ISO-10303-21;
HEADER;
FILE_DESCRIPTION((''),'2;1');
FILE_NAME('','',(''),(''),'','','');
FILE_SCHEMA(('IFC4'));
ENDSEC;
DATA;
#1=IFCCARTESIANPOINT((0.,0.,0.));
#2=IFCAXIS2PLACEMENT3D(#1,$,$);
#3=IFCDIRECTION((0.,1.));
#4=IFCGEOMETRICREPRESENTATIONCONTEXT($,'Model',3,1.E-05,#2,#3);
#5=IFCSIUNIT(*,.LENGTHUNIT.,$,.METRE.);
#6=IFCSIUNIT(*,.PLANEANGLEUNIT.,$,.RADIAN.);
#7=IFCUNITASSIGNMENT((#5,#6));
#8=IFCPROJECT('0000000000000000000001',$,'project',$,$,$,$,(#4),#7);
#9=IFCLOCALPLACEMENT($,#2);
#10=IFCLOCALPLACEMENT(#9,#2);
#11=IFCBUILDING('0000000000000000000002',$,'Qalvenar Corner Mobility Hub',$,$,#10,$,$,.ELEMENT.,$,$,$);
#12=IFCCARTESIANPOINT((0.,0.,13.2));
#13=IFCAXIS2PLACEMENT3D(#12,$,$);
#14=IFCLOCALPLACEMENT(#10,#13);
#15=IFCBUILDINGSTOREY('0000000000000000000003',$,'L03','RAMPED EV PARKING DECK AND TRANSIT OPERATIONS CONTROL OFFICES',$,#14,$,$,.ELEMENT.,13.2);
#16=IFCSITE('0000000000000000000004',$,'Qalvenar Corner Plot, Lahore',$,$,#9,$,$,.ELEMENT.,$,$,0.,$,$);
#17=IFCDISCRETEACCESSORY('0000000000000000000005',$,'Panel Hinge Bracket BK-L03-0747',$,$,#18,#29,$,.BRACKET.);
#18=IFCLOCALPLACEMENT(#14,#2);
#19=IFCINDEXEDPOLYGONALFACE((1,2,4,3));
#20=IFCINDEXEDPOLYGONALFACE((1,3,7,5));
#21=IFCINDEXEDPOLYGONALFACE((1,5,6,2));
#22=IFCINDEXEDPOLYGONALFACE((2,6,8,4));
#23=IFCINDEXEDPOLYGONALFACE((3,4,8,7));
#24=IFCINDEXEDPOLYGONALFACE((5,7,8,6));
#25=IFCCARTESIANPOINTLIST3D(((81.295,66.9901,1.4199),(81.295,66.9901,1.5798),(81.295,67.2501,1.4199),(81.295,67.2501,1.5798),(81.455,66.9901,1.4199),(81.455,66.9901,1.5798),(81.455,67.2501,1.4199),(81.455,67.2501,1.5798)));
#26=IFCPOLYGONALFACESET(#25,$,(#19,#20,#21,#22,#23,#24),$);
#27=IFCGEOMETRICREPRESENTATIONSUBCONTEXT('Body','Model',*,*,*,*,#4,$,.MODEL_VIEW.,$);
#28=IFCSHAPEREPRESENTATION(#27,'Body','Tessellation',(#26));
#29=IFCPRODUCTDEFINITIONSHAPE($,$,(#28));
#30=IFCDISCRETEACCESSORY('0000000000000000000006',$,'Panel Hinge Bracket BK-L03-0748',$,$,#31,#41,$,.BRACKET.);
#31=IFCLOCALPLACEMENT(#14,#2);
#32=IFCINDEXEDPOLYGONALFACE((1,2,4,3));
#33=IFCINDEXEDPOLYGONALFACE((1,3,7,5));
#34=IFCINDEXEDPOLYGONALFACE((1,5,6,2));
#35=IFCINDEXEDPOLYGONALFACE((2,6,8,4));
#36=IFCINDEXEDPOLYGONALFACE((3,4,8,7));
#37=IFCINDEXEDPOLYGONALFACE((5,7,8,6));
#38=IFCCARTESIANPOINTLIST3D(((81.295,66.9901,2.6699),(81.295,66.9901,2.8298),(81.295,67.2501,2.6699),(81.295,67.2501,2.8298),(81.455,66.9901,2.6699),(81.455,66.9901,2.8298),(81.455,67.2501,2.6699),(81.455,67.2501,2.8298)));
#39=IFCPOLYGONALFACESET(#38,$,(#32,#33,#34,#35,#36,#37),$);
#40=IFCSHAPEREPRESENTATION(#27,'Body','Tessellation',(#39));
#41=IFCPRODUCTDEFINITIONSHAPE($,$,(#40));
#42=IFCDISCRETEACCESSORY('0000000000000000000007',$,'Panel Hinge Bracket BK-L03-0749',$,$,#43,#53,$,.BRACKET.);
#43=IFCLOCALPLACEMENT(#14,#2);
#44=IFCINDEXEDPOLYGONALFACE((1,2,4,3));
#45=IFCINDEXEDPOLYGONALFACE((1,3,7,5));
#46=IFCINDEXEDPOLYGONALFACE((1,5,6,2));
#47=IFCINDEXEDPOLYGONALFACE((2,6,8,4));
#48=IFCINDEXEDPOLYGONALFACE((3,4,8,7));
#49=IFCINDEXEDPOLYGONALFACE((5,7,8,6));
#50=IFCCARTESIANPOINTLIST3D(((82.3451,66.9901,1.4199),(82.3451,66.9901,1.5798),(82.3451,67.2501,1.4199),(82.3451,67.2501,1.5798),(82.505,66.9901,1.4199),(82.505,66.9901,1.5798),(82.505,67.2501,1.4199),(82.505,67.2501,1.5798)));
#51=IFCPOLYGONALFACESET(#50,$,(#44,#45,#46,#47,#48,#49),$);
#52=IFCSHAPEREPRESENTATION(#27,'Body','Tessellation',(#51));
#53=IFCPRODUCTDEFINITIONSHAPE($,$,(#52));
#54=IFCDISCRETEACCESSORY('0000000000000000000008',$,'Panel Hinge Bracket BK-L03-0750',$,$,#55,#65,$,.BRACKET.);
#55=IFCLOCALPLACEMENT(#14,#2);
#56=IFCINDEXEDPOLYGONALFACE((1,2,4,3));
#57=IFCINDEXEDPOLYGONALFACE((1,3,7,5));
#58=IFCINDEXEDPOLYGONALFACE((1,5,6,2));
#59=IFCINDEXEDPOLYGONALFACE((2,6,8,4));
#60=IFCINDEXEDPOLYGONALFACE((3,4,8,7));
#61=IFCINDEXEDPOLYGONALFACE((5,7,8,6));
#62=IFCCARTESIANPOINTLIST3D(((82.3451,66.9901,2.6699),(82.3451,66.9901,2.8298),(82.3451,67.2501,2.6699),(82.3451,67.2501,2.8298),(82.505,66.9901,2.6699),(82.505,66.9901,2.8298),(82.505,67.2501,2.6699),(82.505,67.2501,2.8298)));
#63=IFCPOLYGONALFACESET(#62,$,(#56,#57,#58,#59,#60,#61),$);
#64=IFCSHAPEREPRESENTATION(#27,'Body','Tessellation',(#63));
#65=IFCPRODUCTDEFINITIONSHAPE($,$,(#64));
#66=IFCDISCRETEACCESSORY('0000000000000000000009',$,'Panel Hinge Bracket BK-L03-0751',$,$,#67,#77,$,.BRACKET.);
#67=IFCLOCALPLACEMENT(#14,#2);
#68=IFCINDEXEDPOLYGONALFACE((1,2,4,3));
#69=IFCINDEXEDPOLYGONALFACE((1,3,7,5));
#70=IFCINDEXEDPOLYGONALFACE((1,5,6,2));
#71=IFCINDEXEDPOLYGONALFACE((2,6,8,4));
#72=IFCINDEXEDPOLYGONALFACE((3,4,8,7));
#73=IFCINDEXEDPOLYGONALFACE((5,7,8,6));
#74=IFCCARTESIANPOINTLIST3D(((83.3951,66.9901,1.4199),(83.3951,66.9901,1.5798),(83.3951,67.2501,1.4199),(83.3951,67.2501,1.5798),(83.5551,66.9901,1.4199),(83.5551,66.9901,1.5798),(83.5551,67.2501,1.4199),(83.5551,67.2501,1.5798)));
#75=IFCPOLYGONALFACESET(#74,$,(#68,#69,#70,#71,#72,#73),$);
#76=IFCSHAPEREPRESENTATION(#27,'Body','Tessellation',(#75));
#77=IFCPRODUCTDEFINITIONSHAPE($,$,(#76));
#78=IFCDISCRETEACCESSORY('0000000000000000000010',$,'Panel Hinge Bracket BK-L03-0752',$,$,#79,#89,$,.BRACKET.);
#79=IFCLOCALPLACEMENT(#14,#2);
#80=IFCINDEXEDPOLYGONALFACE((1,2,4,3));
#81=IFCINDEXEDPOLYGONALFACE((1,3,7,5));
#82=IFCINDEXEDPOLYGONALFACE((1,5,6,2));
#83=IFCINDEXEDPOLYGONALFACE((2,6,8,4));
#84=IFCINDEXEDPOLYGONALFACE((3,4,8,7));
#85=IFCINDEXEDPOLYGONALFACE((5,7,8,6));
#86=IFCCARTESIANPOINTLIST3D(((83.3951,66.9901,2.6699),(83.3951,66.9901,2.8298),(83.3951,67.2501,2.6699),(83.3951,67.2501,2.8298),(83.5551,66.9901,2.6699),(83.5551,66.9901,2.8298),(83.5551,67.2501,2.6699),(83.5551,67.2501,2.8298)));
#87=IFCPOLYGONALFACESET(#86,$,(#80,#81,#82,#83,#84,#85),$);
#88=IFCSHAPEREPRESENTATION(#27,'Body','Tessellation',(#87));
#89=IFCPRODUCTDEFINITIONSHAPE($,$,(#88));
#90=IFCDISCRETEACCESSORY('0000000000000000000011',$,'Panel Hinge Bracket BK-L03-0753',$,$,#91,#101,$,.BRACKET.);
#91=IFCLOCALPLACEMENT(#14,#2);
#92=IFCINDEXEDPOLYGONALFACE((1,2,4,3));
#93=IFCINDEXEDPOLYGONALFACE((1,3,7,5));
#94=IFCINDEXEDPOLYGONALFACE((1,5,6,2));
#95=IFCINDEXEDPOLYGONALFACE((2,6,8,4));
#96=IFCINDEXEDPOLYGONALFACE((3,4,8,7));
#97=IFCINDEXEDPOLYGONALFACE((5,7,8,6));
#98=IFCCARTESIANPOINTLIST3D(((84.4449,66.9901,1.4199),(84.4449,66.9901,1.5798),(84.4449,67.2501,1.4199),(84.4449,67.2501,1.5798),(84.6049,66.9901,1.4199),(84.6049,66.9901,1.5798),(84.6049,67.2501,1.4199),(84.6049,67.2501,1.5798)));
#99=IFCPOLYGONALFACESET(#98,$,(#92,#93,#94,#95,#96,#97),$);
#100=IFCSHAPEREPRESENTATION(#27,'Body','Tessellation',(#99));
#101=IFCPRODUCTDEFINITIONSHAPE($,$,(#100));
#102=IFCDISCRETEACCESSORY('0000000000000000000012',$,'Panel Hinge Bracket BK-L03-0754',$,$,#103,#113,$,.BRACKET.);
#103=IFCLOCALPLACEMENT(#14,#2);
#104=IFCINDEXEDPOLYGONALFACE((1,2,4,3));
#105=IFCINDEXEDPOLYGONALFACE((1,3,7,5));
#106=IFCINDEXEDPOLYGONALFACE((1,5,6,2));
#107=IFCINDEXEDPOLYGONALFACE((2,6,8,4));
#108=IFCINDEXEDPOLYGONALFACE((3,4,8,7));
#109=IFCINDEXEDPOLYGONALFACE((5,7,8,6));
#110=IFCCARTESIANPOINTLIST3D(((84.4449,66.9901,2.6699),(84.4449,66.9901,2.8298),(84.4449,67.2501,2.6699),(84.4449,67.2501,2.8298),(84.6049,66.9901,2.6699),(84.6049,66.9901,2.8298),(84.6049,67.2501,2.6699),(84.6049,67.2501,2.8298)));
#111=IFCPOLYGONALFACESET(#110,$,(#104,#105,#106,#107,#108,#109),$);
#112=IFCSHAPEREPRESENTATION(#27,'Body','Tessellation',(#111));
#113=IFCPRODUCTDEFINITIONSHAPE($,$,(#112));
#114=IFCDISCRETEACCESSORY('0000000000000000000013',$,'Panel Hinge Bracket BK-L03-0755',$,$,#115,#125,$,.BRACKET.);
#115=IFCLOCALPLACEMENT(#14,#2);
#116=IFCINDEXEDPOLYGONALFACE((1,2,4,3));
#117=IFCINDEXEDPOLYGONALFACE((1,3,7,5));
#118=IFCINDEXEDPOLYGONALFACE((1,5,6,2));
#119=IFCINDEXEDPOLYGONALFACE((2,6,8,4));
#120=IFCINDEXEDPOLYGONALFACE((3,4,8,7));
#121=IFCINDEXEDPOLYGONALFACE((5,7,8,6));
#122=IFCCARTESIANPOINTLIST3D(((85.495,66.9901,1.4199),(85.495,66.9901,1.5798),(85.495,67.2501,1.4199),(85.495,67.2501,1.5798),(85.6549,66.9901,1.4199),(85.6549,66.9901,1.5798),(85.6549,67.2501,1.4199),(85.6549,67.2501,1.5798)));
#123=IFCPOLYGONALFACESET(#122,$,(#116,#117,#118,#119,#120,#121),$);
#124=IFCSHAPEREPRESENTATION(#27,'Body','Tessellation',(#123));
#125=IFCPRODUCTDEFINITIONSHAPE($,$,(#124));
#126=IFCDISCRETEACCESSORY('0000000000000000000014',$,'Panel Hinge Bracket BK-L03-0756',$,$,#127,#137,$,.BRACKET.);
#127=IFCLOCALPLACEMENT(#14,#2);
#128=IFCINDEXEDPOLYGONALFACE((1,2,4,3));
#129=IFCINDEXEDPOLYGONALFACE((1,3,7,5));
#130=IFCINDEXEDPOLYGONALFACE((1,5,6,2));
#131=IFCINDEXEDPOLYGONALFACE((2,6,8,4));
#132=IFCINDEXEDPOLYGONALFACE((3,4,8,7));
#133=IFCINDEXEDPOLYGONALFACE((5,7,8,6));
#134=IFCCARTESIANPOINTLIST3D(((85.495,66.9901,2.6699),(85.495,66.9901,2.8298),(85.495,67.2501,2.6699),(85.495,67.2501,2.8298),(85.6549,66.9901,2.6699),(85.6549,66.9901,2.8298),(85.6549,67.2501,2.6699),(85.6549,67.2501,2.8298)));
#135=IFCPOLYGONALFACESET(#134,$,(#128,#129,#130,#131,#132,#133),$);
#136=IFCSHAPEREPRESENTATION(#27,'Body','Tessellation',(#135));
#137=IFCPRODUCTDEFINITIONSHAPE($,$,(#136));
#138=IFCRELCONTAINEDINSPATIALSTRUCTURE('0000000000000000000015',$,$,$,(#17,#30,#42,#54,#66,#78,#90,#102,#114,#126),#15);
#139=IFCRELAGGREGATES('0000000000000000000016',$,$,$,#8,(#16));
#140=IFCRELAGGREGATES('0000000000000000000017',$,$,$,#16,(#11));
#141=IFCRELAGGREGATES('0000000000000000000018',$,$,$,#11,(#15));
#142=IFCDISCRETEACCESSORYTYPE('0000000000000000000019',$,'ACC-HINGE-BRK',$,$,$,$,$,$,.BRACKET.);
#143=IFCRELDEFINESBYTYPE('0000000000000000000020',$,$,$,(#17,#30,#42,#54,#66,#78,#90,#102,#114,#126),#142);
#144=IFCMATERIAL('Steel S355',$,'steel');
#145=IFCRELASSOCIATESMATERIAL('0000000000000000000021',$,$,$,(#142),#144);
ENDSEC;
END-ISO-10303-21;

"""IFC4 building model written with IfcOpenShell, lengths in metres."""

from ifc_helpers import new_model, si_unit, direction, frame, origin, origin_2d, place, context, subcontext, project, spatial, rectangle, extrude, material, type_object, element, save


model = new_model("IFC4")

# Units and contexts
model_context = context("Model", 3, precision=1e-05, world=origin(), true_north=direction((0.0, 1.0)))
body_context = subcontext(model_context, "Body", "Model", "MODEL_VIEW")
ifc_project = project(units=[si_unit("LENGTHUNIT", "METRE"), si_unit("PLANEANGLEUNIT", "RADIAN")], contexts=[model_context])

# Site, building, storey
site_placement = place(None, origin())
site = spatial("IfcSite", under=ifc_project, at=site_placement, Name="Qalvenar Corner Plot, Lahore", CompositionType="ELEMENT", RefElevation=0.0)
building_placement = place(site_placement, origin())
building = spatial("IfcBuilding", under=site, at=building_placement, Name="Qalvenar Corner Mobility Hub", CompositionType="ELEMENT")
storey_placement = place(building_placement, frame((0.0, 0.0, 13.2)))
storey = spatial("IfcBuildingStorey", under=building, at=storey_placement, Name="L03", Description="RAMPED EV PARKING DECK AND TRANSIT OPERATIONS CONTROL OFFICES", CompositionType="ELEMENT", Elevation=13.2)

# Shared definitions
ifc_material_1 = material(Name="Steel S355", Category="steel")

# Discrete accessories
discrete_accessory_type_1 = type_object("IfcDiscreteAccessoryType", Name="ACC-HINGE-BRK", PredefinedType="BRACKET", material=ifc_material_1)
for number, where, z_axis, x_axis, name in (
    (1, (81.375, 67.1201, 1.4199), (0.0, 0.0, 1.0), (1.0, 0.0, 0.0), "Panel Hinge Bracket BK-L03-0747"),
    (2, (81.375, 67.1201, 2.6699), (0.0, 0.0, 1.0), (1.0, 0.0, 0.0), "Panel Hinge Bracket BK-L03-0748"),
    (3, (82.425, 67.1201, 1.4199), (0.0, 0.0, 1.0), (1.0, 0.0, 0.0), "Panel Hinge Bracket BK-L03-0749"),
    (4, (82.425, 67.1201, 2.6699), (0.0, 0.0, 1.0), (1.0, 0.0, 0.0), "Panel Hinge Bracket BK-L03-0750"),
    (5, (83.4751, 67.1201, 1.4199), (0.0, 0.0, 1.0), (1.0, 0.0, 0.0), "Panel Hinge Bracket BK-L03-0751"),
    (6, (83.4751, 67.1201, 2.6699), (0.0, 0.0, 1.0), (1.0, 0.0, 0.0), "Panel Hinge Bracket BK-L03-0752"),
    (7, (84.5249, 67.1201, 1.4199), (0.0, 0.0, 1.0), (1.0, 0.0, 0.0), "Panel Hinge Bracket BK-L03-0753"),
    (8, (84.5249, 67.1201, 2.6699), (0.0, 0.0, 1.0), (1.0, 0.0, 0.0), "Panel Hinge Bracket BK-L03-0754"),
    (9, (85.575, 67.1201, 1.4199), (0.0, 0.0, 1.0), (1.0, 0.0, 0.0), "Panel Hinge Bracket BK-L03-0755"),
    (10, (85.575, 67.1201, 2.6699), (0.0, 0.0, 1.0), (1.0, 0.0, 0.0), "Panel Hinge Bracket BK-L03-0756"),
):
    element("IfcDiscreteAccessory", number, at=place(storey_placement, frame(where, z_axis=z_axis, x_axis=x_axis)), inside=storey, type_object=discrete_accessory_type_1, Name=name, PredefinedType="BRACKET", context=body_context, shape_type="SweptSolid", body=[
        extrude(rectangle(XDim=0.1599, YDim=0.26, at=origin_2d()), origin(), (0.0, 0.0, 1.0), 0.1599),
    ])

save(model, "model.ifc")
